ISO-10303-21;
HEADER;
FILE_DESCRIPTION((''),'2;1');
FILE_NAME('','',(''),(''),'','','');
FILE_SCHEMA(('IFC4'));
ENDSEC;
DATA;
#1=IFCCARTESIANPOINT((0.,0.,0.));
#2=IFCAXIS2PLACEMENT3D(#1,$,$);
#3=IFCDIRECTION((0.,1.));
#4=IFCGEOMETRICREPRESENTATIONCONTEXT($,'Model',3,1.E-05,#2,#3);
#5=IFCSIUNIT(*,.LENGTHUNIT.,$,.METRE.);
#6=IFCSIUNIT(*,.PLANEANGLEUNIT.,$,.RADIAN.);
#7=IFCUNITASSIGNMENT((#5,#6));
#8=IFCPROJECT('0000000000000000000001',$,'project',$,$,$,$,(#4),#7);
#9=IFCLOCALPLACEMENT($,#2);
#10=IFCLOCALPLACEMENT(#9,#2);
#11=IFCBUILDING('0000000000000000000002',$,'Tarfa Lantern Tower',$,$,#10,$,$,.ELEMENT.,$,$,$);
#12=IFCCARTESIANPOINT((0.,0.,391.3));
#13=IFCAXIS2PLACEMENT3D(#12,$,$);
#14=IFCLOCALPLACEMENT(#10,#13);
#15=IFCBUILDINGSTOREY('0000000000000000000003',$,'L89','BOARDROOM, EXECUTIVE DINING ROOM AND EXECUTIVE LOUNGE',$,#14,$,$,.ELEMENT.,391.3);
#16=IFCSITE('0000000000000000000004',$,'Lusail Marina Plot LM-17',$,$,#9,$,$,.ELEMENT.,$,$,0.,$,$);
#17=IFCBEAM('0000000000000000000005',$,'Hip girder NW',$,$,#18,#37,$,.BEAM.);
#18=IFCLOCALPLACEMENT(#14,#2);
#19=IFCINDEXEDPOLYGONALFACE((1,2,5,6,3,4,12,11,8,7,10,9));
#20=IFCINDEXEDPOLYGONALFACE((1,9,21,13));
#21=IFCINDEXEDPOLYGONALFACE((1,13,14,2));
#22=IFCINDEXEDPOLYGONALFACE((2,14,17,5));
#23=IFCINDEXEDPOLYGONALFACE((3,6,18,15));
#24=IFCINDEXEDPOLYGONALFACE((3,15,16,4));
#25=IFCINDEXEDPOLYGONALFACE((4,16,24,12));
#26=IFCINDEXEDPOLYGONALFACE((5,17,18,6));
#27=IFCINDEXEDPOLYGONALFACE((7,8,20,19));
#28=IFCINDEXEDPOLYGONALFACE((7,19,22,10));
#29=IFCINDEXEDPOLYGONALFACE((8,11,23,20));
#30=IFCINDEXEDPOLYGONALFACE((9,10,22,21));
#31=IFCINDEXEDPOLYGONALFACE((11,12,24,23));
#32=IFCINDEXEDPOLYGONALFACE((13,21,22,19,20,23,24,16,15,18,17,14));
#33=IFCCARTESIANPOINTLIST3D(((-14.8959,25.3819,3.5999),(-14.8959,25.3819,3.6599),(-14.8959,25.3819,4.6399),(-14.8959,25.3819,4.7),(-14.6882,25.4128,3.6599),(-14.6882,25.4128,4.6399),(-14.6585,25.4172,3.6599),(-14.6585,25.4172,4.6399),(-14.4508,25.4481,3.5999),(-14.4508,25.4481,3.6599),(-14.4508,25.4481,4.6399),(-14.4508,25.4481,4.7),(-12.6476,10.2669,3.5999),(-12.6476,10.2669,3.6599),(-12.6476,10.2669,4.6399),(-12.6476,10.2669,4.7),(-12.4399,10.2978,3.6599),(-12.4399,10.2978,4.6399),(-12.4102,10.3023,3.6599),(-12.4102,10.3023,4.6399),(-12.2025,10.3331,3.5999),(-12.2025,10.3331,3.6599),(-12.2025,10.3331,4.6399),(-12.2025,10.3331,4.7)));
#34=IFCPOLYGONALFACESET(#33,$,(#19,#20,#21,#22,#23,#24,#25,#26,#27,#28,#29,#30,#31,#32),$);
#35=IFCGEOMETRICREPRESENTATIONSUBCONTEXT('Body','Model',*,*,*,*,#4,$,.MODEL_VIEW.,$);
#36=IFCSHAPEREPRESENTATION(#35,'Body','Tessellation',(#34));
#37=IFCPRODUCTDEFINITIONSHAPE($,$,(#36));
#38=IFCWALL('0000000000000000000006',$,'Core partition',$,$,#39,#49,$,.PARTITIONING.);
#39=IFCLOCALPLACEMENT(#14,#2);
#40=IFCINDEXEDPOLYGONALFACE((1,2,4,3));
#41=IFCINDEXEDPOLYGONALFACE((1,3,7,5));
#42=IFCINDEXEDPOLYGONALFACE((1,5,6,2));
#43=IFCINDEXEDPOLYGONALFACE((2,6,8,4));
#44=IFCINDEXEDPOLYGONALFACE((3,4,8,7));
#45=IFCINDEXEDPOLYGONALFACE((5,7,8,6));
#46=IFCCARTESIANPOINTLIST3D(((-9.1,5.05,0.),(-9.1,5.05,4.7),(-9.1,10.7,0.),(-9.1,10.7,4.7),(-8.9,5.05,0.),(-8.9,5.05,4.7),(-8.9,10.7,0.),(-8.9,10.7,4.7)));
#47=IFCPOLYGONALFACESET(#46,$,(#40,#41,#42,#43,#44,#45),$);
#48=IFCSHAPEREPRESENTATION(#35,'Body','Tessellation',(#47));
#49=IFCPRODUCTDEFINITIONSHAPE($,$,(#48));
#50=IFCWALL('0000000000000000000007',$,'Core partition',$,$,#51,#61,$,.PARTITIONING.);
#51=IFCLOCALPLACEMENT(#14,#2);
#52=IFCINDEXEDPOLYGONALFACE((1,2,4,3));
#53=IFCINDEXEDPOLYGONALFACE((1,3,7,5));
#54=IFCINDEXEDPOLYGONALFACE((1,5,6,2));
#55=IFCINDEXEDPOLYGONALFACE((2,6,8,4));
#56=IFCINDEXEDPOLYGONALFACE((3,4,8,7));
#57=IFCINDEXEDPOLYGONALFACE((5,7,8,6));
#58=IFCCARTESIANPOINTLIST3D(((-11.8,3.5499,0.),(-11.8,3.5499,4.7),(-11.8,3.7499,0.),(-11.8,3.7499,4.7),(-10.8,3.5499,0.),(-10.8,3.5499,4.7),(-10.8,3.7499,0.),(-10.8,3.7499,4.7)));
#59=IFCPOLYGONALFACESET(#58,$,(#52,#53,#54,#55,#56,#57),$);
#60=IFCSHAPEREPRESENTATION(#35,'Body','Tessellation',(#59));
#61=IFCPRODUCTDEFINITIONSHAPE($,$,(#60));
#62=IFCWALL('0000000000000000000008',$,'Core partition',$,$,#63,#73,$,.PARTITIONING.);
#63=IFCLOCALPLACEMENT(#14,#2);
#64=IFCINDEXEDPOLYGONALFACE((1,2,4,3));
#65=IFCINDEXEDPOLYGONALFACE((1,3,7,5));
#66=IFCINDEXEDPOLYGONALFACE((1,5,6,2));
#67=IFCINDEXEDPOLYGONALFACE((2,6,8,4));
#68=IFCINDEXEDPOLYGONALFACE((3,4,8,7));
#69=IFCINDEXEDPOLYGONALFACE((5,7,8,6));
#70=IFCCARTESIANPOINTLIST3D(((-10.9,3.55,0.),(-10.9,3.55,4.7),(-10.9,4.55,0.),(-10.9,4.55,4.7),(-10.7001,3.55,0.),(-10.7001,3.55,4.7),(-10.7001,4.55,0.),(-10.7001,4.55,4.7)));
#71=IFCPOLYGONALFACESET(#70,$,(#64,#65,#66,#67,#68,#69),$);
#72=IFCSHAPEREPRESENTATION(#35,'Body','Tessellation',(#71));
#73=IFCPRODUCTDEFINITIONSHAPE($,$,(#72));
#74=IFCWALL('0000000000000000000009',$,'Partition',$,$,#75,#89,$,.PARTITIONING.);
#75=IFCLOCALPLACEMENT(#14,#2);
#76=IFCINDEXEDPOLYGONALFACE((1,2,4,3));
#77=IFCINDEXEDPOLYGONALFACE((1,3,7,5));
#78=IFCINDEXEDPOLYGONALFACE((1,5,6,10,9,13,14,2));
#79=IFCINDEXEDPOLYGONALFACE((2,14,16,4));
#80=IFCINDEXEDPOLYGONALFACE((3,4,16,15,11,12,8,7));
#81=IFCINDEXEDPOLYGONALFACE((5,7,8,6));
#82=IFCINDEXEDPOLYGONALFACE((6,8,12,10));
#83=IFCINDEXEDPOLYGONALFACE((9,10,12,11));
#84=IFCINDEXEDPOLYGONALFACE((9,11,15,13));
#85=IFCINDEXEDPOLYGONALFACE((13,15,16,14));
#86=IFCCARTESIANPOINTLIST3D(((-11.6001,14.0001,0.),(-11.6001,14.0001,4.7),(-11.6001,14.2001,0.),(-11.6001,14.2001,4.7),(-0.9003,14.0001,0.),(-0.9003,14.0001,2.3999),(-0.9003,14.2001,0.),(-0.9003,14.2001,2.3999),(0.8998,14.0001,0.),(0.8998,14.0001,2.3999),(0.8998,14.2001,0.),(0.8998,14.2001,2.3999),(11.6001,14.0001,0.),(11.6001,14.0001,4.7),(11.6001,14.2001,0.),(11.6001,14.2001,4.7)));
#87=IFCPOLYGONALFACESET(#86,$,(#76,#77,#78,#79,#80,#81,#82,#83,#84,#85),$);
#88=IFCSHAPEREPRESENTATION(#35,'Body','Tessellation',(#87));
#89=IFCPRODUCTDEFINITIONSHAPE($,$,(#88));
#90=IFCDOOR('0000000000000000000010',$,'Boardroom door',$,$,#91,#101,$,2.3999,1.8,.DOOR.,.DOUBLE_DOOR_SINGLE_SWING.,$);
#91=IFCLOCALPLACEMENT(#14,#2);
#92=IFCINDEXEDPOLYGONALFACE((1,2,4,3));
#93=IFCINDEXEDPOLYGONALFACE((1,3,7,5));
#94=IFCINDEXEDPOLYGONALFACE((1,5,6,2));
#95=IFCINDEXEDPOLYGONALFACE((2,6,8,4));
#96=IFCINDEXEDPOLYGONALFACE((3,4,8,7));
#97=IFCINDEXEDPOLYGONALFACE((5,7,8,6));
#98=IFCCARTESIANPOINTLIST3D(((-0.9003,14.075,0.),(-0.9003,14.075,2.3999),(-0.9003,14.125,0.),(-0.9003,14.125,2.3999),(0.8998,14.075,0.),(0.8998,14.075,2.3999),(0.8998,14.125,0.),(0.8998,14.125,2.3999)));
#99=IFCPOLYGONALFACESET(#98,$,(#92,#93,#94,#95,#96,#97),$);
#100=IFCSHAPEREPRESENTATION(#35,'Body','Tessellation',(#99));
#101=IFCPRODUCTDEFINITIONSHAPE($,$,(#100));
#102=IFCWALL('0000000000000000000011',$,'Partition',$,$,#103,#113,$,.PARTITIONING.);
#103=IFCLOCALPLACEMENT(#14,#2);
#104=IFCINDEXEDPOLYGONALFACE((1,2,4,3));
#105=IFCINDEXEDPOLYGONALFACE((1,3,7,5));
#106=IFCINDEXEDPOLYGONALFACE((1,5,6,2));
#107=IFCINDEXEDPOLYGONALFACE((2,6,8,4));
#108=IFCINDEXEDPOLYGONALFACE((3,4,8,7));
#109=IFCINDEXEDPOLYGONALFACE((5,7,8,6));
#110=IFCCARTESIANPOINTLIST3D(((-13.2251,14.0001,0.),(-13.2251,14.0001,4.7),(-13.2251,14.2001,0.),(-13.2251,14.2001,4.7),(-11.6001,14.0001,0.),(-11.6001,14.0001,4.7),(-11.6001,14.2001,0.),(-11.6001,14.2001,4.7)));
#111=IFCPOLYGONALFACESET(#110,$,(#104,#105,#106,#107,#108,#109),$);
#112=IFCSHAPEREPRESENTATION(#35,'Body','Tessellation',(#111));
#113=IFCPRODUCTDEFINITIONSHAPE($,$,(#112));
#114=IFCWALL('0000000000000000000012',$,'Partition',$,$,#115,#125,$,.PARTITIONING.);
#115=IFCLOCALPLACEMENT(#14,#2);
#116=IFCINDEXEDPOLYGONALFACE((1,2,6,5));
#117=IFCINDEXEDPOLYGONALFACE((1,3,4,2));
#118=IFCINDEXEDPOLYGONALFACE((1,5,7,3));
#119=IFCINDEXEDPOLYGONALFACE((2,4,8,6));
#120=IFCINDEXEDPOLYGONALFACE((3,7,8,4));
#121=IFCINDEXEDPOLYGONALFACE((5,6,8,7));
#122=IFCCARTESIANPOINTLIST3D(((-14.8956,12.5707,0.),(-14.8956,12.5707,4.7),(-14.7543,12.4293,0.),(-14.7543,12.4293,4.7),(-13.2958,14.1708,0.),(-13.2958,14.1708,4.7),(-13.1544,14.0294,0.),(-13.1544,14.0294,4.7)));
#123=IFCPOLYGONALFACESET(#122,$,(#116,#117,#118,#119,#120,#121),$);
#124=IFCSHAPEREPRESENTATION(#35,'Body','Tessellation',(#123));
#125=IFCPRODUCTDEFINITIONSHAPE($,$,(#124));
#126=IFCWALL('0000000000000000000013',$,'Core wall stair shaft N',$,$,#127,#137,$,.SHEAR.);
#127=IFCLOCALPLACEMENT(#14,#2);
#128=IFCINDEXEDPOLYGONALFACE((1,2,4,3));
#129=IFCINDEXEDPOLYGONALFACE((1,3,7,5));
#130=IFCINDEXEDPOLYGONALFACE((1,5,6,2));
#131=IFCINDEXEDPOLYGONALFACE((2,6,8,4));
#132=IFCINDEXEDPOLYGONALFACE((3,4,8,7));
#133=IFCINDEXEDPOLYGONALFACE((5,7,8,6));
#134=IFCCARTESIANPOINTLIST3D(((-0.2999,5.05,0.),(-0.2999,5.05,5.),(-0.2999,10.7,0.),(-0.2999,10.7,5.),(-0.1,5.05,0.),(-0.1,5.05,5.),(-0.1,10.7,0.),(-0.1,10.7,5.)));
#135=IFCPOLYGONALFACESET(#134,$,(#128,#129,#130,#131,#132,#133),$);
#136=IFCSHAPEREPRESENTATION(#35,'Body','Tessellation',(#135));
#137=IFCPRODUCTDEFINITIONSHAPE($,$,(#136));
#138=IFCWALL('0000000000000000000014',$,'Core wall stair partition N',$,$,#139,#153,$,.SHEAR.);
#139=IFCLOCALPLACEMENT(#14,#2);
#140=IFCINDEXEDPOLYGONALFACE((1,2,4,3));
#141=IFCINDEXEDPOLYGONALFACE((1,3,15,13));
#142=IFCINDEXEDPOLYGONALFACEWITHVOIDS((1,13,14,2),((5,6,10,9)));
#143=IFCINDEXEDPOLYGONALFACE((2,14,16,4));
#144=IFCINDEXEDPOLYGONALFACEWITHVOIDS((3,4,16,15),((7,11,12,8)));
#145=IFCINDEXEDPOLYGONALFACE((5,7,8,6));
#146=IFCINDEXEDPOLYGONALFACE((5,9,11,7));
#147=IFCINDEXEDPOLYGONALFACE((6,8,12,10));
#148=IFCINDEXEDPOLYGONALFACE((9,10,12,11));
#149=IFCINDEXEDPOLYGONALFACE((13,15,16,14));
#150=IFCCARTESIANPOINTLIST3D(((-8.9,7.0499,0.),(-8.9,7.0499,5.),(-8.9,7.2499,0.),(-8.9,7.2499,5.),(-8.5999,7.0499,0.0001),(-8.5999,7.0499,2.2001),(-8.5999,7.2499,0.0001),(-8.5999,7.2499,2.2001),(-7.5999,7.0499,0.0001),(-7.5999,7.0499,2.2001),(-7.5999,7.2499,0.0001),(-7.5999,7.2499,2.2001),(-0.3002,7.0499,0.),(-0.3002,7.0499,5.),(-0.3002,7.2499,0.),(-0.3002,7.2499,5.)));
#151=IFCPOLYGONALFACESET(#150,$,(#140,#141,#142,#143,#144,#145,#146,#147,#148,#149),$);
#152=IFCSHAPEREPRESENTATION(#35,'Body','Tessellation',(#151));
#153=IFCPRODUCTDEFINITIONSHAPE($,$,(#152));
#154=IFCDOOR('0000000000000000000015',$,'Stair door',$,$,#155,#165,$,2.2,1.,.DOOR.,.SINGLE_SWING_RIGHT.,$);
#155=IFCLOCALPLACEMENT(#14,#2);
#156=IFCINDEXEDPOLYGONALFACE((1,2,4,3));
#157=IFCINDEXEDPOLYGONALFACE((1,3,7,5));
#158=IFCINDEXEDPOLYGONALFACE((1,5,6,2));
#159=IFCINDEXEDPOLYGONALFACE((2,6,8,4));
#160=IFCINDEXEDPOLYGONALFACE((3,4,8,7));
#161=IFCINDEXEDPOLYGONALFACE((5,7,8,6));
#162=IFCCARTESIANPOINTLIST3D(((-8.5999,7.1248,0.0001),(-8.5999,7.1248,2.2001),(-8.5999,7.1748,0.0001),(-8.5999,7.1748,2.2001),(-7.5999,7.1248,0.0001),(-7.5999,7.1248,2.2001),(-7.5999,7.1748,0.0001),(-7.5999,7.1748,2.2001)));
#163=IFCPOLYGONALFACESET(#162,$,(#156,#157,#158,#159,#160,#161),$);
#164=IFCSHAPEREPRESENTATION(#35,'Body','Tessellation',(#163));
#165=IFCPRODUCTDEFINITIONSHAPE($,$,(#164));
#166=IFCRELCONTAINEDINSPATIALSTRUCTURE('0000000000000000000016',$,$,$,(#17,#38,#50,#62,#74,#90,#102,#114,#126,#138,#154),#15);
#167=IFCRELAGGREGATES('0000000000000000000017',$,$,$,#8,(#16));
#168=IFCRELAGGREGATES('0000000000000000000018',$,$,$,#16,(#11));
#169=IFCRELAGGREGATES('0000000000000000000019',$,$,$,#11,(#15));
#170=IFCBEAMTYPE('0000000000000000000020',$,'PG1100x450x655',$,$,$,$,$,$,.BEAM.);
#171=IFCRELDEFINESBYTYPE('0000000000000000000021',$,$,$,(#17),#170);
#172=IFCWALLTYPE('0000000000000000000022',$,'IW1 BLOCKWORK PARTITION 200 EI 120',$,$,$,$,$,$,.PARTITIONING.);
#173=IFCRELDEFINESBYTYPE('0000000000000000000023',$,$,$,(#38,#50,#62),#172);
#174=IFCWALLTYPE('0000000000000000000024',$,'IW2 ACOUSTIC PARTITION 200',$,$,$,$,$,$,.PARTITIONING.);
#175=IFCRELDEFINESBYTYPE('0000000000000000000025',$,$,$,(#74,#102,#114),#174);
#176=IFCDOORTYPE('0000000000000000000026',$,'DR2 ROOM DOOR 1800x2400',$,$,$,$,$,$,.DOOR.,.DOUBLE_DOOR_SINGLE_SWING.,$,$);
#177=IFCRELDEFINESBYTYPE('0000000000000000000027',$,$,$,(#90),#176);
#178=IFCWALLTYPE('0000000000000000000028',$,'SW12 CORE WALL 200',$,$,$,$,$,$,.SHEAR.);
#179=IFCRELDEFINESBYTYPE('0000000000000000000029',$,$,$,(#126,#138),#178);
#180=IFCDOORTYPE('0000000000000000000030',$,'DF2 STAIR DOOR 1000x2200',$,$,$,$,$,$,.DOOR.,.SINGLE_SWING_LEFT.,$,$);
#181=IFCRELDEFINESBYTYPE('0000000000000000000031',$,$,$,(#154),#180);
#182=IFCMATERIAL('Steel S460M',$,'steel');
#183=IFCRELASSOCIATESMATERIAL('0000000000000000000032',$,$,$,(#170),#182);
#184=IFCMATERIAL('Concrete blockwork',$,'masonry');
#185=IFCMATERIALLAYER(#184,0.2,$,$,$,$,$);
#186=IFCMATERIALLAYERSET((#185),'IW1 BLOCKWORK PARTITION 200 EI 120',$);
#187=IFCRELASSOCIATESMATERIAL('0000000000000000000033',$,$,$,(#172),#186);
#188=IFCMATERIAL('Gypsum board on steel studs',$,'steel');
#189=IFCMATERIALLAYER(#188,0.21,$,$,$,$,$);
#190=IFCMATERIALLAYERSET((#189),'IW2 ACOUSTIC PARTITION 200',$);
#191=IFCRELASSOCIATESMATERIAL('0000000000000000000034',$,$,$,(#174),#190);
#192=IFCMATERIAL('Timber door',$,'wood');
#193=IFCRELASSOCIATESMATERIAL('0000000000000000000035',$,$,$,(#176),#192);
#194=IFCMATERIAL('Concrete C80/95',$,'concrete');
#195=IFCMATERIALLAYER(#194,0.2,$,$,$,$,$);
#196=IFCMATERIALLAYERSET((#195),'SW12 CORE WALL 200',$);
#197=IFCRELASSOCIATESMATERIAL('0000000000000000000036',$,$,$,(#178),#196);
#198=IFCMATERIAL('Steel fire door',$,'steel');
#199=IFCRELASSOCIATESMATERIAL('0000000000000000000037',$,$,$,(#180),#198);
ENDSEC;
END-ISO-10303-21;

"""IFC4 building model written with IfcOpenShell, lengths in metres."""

from ifc_helpers import new_model, si_unit, direction, frame, frame_2d, origin, origin_2d, place, context, subcontext, project, spatial, rectangle, i_section, extrude, material, layer, layer_set, material_profile, profile_set, type_object, element, fill, save


model = new_model("IFC4")

# Units and contexts
model_context = context("Model", 3, precision=1e-05, world=origin(), true_north=direction((0.0, 1.0)))
body_context = subcontext(model_context, "Body", "Model", "MODEL_VIEW")
ifc_project = project(units=[si_unit("LENGTHUNIT", "METRE"), si_unit("PLANEANGLEUNIT", "RADIAN")], contexts=[model_context])

# Site, building, storey
site_placement = place(None, origin())
site = spatial("IfcSite", under=ifc_project, at=site_placement, Name="Lusail Marina Plot LM-17", CompositionType="ELEMENT", RefElevation=0.0)
building_placement = place(site_placement, origin())
building = spatial("IfcBuilding", under=site, at=building_placement, Name="Tarfa Lantern Tower", CompositionType="ELEMENT")
storey_placement = place(building_placement, frame((0.0, 0.0, 391.3)))
storey = spatial("IfcBuildingStorey", under=building, at=storey_placement, Name="L89", Description="BOARDROOM, EXECUTIVE DINING ROOM AND EXECUTIVE LOUNGE", CompositionType="ELEMENT", Elevation=391.3)

# Beam
ifc_material_1 = material(Name="Steel S460M", Category="steel")
ifc_material_profile = material_profile(ifc_material_1, i_section(OverallWidth=0.45, OverallDepth=1.1001, WebThickness=0.03, FlangeThickness=0.0601, at=origin_2d()), Name="PG1100x450x655")
ifc_profile_set = profile_set([ifc_material_profile], Name="Steel S460M")
beam_type = type_object("IfcBeamType", Name="PG1100x450x655", PredefinedType="BEAM", material=ifc_profile_set)
beam_placement = place(storey_placement, frame((-12.425, 10.3, 4.1499), z_axis=(-0.147127, 0.989118, 0.0), x_axis=(-0.989118, -0.147127, 0.0)))
element("IfcBeam", 1, at=beam_placement, inside=storey, type_object=beam_type, Name="Hip girder NW", PredefinedType="BEAM", context=body_context, shape_type="SweptSolid", body=[
    extrude(i_section(OverallWidth=0.45, OverallDepth=1.1001, WebThickness=0.03, FlangeThickness=0.0601, at=origin_2d()), origin(), (0.0, 0.0, 1.0), 15.2812),
])

# Walls
ifc_material_2 = material(Name="Concrete blockwork", Category="masonry")
ifc_layer_1 = layer(ifc_material_2, 0.2)
ifc_layer_set_1 = layer_set([ifc_layer_1], Name="IW1 BLOCKWORK PARTITION 200 EI 120")
wall_type_1 = type_object("IfcWallType", Name="IW1 BLOCKWORK PARTITION 200 EI 120", PredefinedType="PARTITIONING", material=ifc_layer_set_1)
wall_1_placement = place(storey_placement, frame((-9.0, 5.05, 0.0), z_axis=(0.0, 0.0, 1.0), x_axis=(0.0, 1.0, 0.0)))
element("IfcWall", 2, at=wall_1_placement, inside=storey, type_object=wall_type_1, Name="Core partition", PredefinedType="PARTITIONING", context=body_context, shape_type="SweptSolid", body=[
    extrude(rectangle(XDim=5.6499, YDim=0.2, at=frame_2d((2.825, 0.0))), origin(), (0.0, 0.0, 1.0), 4.7),
])
for number, where, z_axis, x_axis, name in (
    (3, (-11.8, 3.6499, 0.0), (0.0, 0.0, 1.0), (1.0, 0.0, 0.0), "Core partition"),
    (4, (-10.8, 3.55, 0.0), (0.0, 0.0, 1.0), (0.0, 1.0, 0.0), "Core partition"),
):
    element("IfcWall", number, at=place(storey_placement, frame(where, z_axis=z_axis, x_axis=x_axis)), inside=storey, type_object=wall_type_1, Name=name, PredefinedType="PARTITIONING", context=body_context, shape_type="SweptSolid", body=[
        extrude(rectangle(XDim=1.0, YDim=0.2, at=frame_2d((0.5, 0.0))), origin(), (0.0, 0.0, 1.0), 4.7),
    ])

# Wall, opening, door
ifc_material_3 = material(Name="Gypsum board on steel studs", Category="steel")
ifc_layer_2 = layer(ifc_material_3, 0.21)
ifc_layer_set_2 = layer_set([ifc_layer_2], Name="IW2 ACOUSTIC PARTITION 200")
wall_type_2 = type_object("IfcWallType", Name="IW2 ACOUSTIC PARTITION 200", PredefinedType="PARTITIONING", material=ifc_layer_set_2)
wall_2_placement = place(storey_placement, frame((-11.6001, 14.1001, 0.0), z_axis=(0.0, 0.0, 1.0), x_axis=(1.0, 0.0, 0.0)))
wall_2 = element("IfcWall", 5, at=wall_2_placement, inside=storey, type_object=wall_type_2, Name="Partition", PredefinedType="PARTITIONING", context=body_context, shape_type="SweptSolid", body=[
    extrude(rectangle(XDim=23.2002, YDim=0.2, at=frame_2d((11.6001, 0.0))), origin(), (0.0, 0.0, 1.0), 4.7),
])
opening_1_placement = place(wall_2_placement, frame((10.7, 0.0, 0.0)))
opening_1 = element("IfcOpeningElement", 6, at=opening_1_placement, cuts=wall_2, PredefinedType="OPENING", context=body_context, shape_type="SweptSolid", body=[
    extrude(rectangle(XDim=1.8, YDim=2.3999, at=frame_2d((0.8999, 1.2))), frame((0.0, 0.1099, 0.0), z_axis=(0.0, -1.0, 0.0), x_axis=(1.0, 0.0, 0.0)), (0.0, 0.0, 1.0), 0.22),
])
ifc_material_4 = material(Name="Timber door", Category="wood")
door_type_1 = type_object("IfcDoorType", Name="DR2 ROOM DOOR 1800x2400", OperationType="DOUBLE_DOOR_SINGLE_SWING", PredefinedType="DOOR", material=ifc_material_4)
door_1_placement = place(opening_1_placement, origin())
door_1 = element("IfcDoor", 7, at=door_1_placement, inside=storey, type_object=door_type_1, Name="Boardroom door", OperationType="DOUBLE_DOOR_SINGLE_SWING", OverallHeight=2.3999, OverallWidth=1.8, PredefinedType="DOOR", context=body_context, shape_type="SweptSolid", body=[
    extrude(rectangle(XDim=1.8, YDim=2.3999, at=frame_2d((0.8999, 1.2))), frame((0.0, 0.0249, 0.0), z_axis=(0.0, -1.0, 0.0), x_axis=(1.0, 0.0, 0.0)), (0.0, 0.0, 1.0), 0.05),
])
fill(opening_1, door_1)

# Walls
wall_3_placement = place(storey_placement, frame((-13.2251, 14.1001, 0.0), z_axis=(0.0, 0.0, 1.0), x_axis=(1.0, 0.0, 0.0)))
element("IfcWall", 8, at=wall_3_placement, inside=storey, type_object=wall_type_2, Name="Partition", PredefinedType="PARTITIONING", context=body_context, shape_type="SweptSolid", body=[
    extrude(rectangle(XDim=1.625, YDim=0.2, at=frame_2d((0.8125, 0.0))), origin(), (0.0, 0.0, 1.0), 4.7),
])
wall_4_placement = place(storey_placement, frame((-14.825, 12.5, 0.0), z_axis=(0.0, 0.0, 1.0), x_axis=(0.707053, 0.707161, 0.0)))
element("IfcWall", 9, at=wall_4_placement, inside=storey, type_object=wall_type_2, Name="Partition", PredefinedType="PARTITIONING", context=body_context, shape_type="SweptSolid", body=[
    extrude(rectangle(XDim=2.2627, YDim=0.2, at=frame_2d((1.1313, 0.0))), origin(), (0.0, 0.0, 1.0), 4.7),
])
ifc_material_5 = material(Name="Concrete C80/95", Category="concrete")
ifc_layer_3 = layer(ifc_material_5, 0.2)
ifc_layer_set_3 = layer_set([ifc_layer_3], Name="SW12 CORE WALL 200")
wall_type_3 = type_object("IfcWallType", Name="SW12 CORE WALL 200", PredefinedType="SHEAR", material=ifc_layer_set_3)
wall_5_placement = place(storey_placement, frame((-0.2, 5.05, 0.0), z_axis=(0.0, 0.0, 1.0), x_axis=(0.0, 1.0, 0.0)))
element("IfcWall", 10, at=wall_5_placement, inside=storey, type_object=wall_type_3, Name="Core wall stair shaft N", PredefinedType="SHEAR", context=body_context, shape_type="SweptSolid", body=[
    extrude(rectangle(XDim=5.6499, YDim=0.2, at=frame_2d((2.825, 0.0))), origin(), (0.0, 0.0, 1.0), 5.0),
])

# Wall, opening, door
wall_6_placement = place(storey_placement, frame((-8.8999, 7.1499, 0.0), z_axis=(0.0, 0.0, 1.0), x_axis=(1.0, 0.0, 0.0)))
wall_6 = element("IfcWall", 11, at=wall_6_placement, inside=storey, type_object=wall_type_3, Name="Core wall stair partition N", PredefinedType="SHEAR", context=body_context, shape_type="SweptSolid", body=[
    extrude(rectangle(XDim=8.5999, YDim=0.2, at=frame_2d((4.2998, 0.0))), origin(), (0.0, 0.0, 1.0), 5.0),
])
opening_2_placement = place(wall_6_placement, frame((0.3, 0.0, 0.0)))
opening_2 = element("IfcOpeningElement", 12, at=opening_2_placement, cuts=wall_6, PredefinedType="OPENING", context=body_context, shape_type="SweptSolid", body=[
    extrude(rectangle(XDim=1.0, YDim=2.2, at=frame_2d((0.5, 1.1001))), frame((0.0, 0.1099, 0.0), z_axis=(0.0, -1.0, 0.0), x_axis=(1.0, 0.0, 0.0)), (0.0, 0.0, 1.0), 0.22),
])
ifc_material_6 = material(Name="Steel fire door", Category="steel")
door_type_2 = type_object("IfcDoorType", Name="DF2 STAIR DOOR 1000x2200", OperationType="SINGLE_SWING_LEFT", PredefinedType="DOOR", material=ifc_material_6)
door_2_placement = place(opening_2_placement, origin())
door_2 = element("IfcDoor", 13, at=door_2_placement, inside=storey, type_object=door_type_2, Name="Stair door", OperationType="SINGLE_SWING_RIGHT", OverallHeight=2.2, OverallWidth=1.0, PredefinedType="DOOR", context=body_context, shape_type="SweptSolid", body=[
    extrude(rectangle(XDim=1.0, YDim=2.2, at=frame_2d((0.5, 1.1001))), frame((0.0, 0.0249, 0.0), z_axis=(0.0, -1.0, 0.0), x_axis=(1.0, 0.0, 0.0)), (0.0, 0.0, 1.0), 0.05),
])
fill(opening_2, door_2)

save(model, "model.ifc")
